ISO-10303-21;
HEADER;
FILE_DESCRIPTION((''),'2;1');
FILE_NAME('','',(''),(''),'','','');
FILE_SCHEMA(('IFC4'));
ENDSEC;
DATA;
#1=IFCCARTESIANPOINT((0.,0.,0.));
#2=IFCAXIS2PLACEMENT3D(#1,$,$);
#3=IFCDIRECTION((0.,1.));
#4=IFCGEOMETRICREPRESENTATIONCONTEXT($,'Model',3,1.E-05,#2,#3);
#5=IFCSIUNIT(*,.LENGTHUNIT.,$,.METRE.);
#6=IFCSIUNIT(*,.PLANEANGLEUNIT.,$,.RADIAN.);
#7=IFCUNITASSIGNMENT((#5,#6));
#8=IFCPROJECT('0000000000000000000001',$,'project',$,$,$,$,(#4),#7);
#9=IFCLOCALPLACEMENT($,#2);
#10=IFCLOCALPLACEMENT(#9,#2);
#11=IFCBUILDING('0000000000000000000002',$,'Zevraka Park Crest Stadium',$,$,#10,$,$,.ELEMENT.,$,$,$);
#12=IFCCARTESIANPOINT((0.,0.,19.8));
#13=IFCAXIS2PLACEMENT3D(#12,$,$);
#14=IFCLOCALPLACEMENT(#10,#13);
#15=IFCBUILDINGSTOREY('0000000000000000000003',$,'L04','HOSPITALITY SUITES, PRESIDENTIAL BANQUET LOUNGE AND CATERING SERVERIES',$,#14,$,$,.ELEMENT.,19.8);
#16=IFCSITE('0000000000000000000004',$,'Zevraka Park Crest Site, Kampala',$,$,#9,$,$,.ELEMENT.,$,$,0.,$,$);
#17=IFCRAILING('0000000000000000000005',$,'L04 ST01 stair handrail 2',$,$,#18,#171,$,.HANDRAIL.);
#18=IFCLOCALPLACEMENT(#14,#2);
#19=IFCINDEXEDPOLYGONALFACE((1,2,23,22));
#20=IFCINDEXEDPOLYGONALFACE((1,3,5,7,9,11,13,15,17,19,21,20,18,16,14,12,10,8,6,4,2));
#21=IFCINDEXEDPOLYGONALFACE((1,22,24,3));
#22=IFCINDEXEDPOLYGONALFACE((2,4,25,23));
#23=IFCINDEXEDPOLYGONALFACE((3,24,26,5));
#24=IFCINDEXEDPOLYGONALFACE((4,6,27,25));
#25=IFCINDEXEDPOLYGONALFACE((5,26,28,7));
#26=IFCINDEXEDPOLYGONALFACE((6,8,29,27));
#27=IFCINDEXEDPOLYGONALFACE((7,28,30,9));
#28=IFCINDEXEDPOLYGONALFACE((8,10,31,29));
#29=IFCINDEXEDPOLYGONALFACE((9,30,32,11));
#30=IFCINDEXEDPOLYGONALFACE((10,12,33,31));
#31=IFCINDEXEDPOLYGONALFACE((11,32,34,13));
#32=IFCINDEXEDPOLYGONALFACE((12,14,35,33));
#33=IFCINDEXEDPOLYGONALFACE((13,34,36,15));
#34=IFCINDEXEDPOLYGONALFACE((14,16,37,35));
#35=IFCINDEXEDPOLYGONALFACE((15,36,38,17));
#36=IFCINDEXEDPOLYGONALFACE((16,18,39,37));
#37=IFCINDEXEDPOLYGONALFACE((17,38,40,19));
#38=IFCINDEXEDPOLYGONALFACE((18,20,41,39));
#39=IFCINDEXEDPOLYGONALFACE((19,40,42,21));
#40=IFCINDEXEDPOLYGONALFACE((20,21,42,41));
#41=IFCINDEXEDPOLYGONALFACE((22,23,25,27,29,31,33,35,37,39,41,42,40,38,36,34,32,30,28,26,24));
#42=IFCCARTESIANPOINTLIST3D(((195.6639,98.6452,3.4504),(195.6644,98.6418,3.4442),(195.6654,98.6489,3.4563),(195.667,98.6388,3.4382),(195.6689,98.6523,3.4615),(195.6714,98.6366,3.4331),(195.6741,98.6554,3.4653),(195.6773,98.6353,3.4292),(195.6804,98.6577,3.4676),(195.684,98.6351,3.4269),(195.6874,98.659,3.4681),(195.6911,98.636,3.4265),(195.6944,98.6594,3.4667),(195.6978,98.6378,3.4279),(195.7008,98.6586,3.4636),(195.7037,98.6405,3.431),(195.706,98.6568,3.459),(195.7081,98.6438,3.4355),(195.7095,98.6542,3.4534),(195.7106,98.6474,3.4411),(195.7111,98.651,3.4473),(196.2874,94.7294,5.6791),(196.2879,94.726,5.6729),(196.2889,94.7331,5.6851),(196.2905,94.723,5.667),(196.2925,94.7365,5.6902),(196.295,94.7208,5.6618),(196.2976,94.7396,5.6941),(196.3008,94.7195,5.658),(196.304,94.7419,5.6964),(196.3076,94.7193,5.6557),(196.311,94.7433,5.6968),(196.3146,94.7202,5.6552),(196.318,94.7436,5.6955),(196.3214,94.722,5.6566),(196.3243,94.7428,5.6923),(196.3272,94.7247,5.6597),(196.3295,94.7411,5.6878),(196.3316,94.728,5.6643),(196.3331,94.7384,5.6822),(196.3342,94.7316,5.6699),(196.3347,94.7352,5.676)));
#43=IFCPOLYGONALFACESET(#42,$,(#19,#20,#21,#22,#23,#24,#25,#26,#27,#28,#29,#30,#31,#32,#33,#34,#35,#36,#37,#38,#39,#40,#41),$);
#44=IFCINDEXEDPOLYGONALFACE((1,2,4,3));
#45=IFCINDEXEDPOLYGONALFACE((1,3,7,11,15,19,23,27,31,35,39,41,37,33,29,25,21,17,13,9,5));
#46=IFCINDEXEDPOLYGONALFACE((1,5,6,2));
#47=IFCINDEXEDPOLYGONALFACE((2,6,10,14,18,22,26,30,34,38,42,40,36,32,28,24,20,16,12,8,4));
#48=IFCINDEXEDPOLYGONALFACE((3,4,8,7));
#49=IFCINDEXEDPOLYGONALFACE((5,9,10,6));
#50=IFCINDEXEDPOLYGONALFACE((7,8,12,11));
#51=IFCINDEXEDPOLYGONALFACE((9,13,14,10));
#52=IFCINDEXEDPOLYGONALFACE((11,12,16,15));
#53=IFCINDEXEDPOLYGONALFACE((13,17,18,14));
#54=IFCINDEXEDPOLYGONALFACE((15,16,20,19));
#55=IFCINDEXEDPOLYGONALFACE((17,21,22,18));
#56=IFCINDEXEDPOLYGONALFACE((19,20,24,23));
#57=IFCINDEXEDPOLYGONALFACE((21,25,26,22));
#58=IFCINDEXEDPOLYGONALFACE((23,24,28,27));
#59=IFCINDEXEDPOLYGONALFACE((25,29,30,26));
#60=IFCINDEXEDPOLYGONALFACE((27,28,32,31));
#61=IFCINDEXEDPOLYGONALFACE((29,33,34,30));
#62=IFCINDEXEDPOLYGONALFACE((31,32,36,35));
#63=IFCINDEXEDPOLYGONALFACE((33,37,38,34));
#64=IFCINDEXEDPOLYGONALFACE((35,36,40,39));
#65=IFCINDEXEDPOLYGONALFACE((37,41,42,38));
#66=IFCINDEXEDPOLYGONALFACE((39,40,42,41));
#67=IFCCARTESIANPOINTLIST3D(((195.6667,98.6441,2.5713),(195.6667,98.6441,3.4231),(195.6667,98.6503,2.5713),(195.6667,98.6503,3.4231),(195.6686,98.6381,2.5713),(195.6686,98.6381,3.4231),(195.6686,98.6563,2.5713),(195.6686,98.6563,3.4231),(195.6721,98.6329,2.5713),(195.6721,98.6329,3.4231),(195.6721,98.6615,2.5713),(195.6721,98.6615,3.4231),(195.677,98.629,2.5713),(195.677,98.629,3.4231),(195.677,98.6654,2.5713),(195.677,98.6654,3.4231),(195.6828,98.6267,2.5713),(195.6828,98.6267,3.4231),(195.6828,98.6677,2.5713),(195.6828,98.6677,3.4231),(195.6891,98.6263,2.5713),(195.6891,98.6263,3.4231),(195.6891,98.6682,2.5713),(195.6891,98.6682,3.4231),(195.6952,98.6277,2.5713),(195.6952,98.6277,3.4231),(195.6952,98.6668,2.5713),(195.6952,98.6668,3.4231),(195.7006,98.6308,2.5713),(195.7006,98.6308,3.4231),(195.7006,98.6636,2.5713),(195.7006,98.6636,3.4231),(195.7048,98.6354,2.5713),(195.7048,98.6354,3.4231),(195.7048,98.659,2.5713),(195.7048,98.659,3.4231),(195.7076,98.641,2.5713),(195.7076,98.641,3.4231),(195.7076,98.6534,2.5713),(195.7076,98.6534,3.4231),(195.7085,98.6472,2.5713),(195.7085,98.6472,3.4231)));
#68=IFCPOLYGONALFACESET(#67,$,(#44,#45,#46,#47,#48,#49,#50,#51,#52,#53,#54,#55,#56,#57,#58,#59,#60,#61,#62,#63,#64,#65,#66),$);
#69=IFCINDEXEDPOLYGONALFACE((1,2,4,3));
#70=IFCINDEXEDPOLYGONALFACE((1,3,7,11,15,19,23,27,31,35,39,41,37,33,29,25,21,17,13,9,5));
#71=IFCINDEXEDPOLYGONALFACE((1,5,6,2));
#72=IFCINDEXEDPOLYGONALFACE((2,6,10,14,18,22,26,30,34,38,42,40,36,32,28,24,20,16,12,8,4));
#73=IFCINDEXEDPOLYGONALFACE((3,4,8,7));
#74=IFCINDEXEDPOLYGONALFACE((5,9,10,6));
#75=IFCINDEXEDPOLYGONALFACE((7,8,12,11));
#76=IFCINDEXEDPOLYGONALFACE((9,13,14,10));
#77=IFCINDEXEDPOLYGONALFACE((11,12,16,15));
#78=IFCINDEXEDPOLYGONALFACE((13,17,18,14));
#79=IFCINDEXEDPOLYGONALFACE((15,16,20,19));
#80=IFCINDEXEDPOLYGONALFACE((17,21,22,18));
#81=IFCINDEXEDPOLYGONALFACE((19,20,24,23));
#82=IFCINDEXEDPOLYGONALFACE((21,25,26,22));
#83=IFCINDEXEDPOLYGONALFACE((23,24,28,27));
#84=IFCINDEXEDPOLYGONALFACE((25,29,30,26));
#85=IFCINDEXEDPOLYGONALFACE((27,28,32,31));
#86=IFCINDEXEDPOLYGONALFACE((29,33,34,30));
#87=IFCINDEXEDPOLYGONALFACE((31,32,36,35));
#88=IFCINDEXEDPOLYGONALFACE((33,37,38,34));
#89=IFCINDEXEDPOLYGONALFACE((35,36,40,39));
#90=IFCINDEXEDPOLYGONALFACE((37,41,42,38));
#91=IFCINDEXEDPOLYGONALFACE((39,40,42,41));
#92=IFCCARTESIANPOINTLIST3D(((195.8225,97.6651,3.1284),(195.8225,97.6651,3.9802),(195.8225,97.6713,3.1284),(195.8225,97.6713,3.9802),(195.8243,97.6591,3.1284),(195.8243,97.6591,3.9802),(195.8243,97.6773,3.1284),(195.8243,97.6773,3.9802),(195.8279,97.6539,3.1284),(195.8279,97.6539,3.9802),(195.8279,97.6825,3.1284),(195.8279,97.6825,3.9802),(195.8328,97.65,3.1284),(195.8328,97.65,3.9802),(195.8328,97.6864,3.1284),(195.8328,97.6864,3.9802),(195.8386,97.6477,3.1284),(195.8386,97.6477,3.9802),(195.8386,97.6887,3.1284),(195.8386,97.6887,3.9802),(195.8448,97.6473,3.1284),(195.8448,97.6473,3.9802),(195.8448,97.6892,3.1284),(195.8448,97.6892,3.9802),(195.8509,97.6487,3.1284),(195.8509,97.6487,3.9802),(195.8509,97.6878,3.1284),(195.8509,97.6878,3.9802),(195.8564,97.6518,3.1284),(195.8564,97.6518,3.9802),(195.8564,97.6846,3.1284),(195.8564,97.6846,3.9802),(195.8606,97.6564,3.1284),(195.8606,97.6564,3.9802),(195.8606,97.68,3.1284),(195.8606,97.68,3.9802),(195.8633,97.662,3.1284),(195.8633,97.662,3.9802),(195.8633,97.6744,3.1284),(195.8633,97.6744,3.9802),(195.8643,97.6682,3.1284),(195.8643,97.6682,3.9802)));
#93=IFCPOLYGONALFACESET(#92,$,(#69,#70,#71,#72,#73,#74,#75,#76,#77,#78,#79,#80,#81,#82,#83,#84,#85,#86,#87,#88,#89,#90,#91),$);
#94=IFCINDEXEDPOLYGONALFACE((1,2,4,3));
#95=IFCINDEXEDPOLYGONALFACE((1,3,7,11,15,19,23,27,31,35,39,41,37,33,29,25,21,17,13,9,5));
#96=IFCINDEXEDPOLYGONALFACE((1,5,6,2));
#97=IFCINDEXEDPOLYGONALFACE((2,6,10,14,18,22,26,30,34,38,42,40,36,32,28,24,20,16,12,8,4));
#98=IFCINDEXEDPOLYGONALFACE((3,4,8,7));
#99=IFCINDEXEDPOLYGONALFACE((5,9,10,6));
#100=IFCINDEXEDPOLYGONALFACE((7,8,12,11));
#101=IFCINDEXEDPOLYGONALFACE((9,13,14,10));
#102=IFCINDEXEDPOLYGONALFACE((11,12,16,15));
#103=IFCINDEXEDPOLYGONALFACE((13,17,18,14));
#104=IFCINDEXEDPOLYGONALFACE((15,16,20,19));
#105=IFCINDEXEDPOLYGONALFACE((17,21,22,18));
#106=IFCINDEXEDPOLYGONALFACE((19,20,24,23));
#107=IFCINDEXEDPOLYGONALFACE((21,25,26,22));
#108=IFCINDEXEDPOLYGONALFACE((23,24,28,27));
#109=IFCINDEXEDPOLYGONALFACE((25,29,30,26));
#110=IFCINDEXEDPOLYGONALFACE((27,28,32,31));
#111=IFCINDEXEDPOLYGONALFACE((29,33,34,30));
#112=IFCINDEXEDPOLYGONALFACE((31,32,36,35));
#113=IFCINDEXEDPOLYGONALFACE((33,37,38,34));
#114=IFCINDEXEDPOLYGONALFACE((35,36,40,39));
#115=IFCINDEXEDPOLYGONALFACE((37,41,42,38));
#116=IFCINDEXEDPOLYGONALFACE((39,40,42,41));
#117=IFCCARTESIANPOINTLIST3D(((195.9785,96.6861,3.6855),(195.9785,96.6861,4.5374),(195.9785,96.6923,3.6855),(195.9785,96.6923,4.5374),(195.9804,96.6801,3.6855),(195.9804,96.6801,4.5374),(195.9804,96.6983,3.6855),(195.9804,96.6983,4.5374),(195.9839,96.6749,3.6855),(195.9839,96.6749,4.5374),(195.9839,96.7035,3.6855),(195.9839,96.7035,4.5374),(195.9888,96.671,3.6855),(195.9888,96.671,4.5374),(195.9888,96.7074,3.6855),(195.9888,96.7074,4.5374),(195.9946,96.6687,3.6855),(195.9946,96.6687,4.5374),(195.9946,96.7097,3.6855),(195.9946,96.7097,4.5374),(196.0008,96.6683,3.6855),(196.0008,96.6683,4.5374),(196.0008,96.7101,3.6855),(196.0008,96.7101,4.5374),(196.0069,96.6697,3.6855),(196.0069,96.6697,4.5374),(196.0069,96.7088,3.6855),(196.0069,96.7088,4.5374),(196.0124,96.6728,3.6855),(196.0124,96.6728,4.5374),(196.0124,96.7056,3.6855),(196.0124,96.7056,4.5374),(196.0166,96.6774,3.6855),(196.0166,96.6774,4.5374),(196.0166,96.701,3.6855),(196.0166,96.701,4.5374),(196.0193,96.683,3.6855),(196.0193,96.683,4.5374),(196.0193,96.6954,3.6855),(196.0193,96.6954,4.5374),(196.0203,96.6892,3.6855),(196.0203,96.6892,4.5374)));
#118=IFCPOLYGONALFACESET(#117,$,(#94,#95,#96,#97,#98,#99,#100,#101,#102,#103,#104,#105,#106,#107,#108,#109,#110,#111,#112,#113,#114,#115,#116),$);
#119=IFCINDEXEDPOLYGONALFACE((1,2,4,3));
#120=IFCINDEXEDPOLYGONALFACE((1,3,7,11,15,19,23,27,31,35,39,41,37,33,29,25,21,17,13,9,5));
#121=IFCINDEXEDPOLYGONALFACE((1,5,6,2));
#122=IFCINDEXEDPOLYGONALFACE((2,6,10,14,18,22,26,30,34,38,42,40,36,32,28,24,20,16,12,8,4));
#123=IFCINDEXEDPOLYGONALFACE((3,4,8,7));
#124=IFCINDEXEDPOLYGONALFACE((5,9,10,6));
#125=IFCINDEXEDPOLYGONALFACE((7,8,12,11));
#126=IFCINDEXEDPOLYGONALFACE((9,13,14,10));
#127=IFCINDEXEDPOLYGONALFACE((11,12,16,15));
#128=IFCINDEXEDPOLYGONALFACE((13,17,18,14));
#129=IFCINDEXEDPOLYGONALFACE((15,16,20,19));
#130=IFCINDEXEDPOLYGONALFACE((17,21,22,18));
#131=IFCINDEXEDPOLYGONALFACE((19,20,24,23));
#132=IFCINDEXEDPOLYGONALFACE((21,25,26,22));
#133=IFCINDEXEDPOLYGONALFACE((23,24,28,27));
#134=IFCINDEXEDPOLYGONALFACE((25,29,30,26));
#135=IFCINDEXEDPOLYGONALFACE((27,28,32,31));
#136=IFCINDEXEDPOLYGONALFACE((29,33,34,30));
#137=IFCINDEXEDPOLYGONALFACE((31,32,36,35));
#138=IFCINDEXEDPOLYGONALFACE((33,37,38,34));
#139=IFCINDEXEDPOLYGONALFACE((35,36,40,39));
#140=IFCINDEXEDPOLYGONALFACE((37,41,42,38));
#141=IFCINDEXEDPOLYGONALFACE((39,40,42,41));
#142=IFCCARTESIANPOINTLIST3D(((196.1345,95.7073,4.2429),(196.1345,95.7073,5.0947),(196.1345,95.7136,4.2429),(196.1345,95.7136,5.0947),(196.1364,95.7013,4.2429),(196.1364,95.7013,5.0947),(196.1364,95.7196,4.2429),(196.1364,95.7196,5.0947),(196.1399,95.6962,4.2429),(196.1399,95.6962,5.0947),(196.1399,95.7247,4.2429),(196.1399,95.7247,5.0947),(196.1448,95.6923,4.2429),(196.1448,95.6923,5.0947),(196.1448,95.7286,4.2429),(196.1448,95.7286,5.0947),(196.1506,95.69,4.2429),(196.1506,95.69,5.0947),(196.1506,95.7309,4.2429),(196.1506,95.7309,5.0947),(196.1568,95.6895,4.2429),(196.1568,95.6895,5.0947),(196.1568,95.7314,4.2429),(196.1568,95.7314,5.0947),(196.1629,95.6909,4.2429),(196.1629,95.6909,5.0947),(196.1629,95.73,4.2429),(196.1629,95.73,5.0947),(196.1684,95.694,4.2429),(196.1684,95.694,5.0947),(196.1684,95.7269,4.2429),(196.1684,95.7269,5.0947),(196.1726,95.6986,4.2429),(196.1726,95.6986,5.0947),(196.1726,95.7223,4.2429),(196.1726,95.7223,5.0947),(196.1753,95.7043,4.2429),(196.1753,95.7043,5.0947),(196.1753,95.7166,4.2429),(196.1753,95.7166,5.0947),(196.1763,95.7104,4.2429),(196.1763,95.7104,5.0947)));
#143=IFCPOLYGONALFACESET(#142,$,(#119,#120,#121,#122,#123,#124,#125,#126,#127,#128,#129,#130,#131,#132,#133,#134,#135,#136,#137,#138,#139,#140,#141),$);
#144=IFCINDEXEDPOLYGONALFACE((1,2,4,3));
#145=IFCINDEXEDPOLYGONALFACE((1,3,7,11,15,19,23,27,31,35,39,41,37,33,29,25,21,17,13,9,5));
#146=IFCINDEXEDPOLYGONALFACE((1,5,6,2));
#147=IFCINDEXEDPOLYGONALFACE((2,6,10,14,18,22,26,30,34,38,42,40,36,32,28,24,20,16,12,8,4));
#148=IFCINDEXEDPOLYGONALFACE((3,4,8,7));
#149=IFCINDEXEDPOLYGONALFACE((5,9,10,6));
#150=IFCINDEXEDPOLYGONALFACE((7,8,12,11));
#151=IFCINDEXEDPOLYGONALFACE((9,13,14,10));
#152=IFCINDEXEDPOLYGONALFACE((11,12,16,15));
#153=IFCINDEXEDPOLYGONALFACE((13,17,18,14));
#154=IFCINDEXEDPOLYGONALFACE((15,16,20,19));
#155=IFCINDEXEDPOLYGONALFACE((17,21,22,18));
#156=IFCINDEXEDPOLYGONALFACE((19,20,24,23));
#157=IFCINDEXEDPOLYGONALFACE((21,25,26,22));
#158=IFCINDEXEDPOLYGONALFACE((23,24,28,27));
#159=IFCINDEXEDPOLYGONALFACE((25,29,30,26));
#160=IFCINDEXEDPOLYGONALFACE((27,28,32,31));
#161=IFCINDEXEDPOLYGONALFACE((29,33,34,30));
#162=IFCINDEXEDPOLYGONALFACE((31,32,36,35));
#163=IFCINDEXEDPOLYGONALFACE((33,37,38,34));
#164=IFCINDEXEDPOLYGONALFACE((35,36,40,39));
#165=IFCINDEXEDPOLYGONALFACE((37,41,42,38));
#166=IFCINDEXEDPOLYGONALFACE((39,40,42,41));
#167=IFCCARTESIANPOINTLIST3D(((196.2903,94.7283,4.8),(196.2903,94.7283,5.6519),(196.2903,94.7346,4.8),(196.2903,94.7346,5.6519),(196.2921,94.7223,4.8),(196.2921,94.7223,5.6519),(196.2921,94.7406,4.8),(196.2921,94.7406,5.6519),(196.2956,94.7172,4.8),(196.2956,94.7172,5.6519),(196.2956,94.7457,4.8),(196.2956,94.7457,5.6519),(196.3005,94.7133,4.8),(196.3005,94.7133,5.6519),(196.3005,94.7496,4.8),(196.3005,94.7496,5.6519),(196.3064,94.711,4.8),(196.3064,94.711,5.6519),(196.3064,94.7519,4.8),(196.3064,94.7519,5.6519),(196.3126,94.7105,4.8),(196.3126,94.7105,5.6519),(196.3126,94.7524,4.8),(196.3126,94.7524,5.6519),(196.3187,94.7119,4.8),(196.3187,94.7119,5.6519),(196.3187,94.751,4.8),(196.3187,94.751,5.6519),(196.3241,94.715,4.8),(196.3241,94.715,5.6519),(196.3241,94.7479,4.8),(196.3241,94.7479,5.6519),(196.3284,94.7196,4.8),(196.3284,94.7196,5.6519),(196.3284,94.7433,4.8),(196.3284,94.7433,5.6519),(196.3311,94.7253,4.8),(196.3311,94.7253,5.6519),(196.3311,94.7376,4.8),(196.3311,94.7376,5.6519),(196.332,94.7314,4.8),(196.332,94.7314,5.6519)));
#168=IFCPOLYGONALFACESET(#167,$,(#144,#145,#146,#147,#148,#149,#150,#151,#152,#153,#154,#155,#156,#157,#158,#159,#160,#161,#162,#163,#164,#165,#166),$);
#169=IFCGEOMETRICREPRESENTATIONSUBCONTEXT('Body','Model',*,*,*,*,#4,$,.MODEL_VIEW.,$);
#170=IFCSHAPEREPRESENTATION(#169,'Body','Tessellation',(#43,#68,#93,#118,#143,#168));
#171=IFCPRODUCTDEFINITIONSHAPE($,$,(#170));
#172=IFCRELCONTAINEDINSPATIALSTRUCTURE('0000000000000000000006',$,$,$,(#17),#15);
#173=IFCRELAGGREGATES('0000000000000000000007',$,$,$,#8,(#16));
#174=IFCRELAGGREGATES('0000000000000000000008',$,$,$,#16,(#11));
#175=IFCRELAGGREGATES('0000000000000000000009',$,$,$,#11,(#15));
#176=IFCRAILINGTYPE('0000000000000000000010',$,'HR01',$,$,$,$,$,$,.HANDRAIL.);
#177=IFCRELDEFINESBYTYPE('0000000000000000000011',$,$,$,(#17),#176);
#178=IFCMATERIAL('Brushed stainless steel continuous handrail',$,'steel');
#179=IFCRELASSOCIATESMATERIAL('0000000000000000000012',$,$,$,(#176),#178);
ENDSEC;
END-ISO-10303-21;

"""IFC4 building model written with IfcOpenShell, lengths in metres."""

from ifc_helpers import new_model, si_unit, direction, frame, origin, origin_2d, place, context, subcontext, project, spatial, circle, extrude, material, type_object, element, save


model = new_model("IFC4")

# Units and contexts
model_context = context("Model", 3, precision=1e-05, world=origin(), true_north=direction((0.0, 1.0)))
body_context = subcontext(model_context, "Body", "Model", "MODEL_VIEW")
ifc_project = project(units=[si_unit("LENGTHUNIT", "METRE"), si_unit("PLANEANGLEUNIT", "RADIAN")], contexts=[model_context])

# Site, building, storey
site_placement = place(None, origin())
site = spatial("IfcSite", under=ifc_project, at=site_placement, Name="Zevraka Park Crest Site, Kampala", CompositionType="ELEMENT", RefElevation=0.0)
building_placement = place(site_placement, origin())
building = spatial("IfcBuilding", under=site, at=building_placement, Name="Zevraka Park Crest Stadium", CompositionType="ELEMENT")
storey_placement = place(building_placement, frame((0.0, 0.0, 19.8)))
storey = spatial("IfcBuildingStorey", under=building, at=storey_placement, Name="L04", Description="HOSPITALITY SUITES, PRESIDENTIAL BANQUET LOUNGE AND CATERING SERVERIES", CompositionType="ELEMENT", Elevation=19.8)

# Railing
ifc_material_1 = material(Name="Brushed stainless steel continuous handrail", Category="steel")
railing_type_1 = type_object("IfcRailingType", Name="HR01", PredefinedType="HANDRAIL", material=ifc_material_1)
railing_1_placement = place(storey_placement, frame((195.6875, 98.6472, 2.5713)))
element("IfcRailing", 1, at=railing_1_placement, inside=storey, type_object=railing_type_1, Name="L04 ST01 stair handrail 2", PredefinedType="HANDRAIL", context=body_context, shape_type="SweptSolid", body=[
    extrude(circle(Radius=0.0239, at=origin_2d()), frame((0.0, 0.0, 0.876), z_axis=(0.137084, -0.860881, 0.489992), x_axis=(0.987558, 0.157256, 0.0)), (0.0, 0.0, 1.0), 4.5486),
    extrude(circle(Radius=0.021, at=origin_2d()), origin(), (0.0, 0.0, 1.0), 0.8518),
    extrude(circle(Radius=0.021, at=origin_2d()), frame((0.1558, -0.979, 0.5571)), (0.0, 0.0, 1.0), 0.8518),
    extrude(circle(Radius=0.021, at=origin_2d()), frame((0.3118, -1.958, 1.1143)), (0.0, 0.0, 1.0), 0.8518),
    extrude(circle(Radius=0.021, at=origin_2d()), frame((0.4678, -2.9368, 1.6716)), (0.0, 0.0, 1.0), 0.8518),
    extrude(circle(Radius=0.021, at=origin_2d()), frame((0.6235, -3.9158, 2.2288)), (0.0, 0.0, 1.0), 0.8518),
])

save(model, "model.ifc")
